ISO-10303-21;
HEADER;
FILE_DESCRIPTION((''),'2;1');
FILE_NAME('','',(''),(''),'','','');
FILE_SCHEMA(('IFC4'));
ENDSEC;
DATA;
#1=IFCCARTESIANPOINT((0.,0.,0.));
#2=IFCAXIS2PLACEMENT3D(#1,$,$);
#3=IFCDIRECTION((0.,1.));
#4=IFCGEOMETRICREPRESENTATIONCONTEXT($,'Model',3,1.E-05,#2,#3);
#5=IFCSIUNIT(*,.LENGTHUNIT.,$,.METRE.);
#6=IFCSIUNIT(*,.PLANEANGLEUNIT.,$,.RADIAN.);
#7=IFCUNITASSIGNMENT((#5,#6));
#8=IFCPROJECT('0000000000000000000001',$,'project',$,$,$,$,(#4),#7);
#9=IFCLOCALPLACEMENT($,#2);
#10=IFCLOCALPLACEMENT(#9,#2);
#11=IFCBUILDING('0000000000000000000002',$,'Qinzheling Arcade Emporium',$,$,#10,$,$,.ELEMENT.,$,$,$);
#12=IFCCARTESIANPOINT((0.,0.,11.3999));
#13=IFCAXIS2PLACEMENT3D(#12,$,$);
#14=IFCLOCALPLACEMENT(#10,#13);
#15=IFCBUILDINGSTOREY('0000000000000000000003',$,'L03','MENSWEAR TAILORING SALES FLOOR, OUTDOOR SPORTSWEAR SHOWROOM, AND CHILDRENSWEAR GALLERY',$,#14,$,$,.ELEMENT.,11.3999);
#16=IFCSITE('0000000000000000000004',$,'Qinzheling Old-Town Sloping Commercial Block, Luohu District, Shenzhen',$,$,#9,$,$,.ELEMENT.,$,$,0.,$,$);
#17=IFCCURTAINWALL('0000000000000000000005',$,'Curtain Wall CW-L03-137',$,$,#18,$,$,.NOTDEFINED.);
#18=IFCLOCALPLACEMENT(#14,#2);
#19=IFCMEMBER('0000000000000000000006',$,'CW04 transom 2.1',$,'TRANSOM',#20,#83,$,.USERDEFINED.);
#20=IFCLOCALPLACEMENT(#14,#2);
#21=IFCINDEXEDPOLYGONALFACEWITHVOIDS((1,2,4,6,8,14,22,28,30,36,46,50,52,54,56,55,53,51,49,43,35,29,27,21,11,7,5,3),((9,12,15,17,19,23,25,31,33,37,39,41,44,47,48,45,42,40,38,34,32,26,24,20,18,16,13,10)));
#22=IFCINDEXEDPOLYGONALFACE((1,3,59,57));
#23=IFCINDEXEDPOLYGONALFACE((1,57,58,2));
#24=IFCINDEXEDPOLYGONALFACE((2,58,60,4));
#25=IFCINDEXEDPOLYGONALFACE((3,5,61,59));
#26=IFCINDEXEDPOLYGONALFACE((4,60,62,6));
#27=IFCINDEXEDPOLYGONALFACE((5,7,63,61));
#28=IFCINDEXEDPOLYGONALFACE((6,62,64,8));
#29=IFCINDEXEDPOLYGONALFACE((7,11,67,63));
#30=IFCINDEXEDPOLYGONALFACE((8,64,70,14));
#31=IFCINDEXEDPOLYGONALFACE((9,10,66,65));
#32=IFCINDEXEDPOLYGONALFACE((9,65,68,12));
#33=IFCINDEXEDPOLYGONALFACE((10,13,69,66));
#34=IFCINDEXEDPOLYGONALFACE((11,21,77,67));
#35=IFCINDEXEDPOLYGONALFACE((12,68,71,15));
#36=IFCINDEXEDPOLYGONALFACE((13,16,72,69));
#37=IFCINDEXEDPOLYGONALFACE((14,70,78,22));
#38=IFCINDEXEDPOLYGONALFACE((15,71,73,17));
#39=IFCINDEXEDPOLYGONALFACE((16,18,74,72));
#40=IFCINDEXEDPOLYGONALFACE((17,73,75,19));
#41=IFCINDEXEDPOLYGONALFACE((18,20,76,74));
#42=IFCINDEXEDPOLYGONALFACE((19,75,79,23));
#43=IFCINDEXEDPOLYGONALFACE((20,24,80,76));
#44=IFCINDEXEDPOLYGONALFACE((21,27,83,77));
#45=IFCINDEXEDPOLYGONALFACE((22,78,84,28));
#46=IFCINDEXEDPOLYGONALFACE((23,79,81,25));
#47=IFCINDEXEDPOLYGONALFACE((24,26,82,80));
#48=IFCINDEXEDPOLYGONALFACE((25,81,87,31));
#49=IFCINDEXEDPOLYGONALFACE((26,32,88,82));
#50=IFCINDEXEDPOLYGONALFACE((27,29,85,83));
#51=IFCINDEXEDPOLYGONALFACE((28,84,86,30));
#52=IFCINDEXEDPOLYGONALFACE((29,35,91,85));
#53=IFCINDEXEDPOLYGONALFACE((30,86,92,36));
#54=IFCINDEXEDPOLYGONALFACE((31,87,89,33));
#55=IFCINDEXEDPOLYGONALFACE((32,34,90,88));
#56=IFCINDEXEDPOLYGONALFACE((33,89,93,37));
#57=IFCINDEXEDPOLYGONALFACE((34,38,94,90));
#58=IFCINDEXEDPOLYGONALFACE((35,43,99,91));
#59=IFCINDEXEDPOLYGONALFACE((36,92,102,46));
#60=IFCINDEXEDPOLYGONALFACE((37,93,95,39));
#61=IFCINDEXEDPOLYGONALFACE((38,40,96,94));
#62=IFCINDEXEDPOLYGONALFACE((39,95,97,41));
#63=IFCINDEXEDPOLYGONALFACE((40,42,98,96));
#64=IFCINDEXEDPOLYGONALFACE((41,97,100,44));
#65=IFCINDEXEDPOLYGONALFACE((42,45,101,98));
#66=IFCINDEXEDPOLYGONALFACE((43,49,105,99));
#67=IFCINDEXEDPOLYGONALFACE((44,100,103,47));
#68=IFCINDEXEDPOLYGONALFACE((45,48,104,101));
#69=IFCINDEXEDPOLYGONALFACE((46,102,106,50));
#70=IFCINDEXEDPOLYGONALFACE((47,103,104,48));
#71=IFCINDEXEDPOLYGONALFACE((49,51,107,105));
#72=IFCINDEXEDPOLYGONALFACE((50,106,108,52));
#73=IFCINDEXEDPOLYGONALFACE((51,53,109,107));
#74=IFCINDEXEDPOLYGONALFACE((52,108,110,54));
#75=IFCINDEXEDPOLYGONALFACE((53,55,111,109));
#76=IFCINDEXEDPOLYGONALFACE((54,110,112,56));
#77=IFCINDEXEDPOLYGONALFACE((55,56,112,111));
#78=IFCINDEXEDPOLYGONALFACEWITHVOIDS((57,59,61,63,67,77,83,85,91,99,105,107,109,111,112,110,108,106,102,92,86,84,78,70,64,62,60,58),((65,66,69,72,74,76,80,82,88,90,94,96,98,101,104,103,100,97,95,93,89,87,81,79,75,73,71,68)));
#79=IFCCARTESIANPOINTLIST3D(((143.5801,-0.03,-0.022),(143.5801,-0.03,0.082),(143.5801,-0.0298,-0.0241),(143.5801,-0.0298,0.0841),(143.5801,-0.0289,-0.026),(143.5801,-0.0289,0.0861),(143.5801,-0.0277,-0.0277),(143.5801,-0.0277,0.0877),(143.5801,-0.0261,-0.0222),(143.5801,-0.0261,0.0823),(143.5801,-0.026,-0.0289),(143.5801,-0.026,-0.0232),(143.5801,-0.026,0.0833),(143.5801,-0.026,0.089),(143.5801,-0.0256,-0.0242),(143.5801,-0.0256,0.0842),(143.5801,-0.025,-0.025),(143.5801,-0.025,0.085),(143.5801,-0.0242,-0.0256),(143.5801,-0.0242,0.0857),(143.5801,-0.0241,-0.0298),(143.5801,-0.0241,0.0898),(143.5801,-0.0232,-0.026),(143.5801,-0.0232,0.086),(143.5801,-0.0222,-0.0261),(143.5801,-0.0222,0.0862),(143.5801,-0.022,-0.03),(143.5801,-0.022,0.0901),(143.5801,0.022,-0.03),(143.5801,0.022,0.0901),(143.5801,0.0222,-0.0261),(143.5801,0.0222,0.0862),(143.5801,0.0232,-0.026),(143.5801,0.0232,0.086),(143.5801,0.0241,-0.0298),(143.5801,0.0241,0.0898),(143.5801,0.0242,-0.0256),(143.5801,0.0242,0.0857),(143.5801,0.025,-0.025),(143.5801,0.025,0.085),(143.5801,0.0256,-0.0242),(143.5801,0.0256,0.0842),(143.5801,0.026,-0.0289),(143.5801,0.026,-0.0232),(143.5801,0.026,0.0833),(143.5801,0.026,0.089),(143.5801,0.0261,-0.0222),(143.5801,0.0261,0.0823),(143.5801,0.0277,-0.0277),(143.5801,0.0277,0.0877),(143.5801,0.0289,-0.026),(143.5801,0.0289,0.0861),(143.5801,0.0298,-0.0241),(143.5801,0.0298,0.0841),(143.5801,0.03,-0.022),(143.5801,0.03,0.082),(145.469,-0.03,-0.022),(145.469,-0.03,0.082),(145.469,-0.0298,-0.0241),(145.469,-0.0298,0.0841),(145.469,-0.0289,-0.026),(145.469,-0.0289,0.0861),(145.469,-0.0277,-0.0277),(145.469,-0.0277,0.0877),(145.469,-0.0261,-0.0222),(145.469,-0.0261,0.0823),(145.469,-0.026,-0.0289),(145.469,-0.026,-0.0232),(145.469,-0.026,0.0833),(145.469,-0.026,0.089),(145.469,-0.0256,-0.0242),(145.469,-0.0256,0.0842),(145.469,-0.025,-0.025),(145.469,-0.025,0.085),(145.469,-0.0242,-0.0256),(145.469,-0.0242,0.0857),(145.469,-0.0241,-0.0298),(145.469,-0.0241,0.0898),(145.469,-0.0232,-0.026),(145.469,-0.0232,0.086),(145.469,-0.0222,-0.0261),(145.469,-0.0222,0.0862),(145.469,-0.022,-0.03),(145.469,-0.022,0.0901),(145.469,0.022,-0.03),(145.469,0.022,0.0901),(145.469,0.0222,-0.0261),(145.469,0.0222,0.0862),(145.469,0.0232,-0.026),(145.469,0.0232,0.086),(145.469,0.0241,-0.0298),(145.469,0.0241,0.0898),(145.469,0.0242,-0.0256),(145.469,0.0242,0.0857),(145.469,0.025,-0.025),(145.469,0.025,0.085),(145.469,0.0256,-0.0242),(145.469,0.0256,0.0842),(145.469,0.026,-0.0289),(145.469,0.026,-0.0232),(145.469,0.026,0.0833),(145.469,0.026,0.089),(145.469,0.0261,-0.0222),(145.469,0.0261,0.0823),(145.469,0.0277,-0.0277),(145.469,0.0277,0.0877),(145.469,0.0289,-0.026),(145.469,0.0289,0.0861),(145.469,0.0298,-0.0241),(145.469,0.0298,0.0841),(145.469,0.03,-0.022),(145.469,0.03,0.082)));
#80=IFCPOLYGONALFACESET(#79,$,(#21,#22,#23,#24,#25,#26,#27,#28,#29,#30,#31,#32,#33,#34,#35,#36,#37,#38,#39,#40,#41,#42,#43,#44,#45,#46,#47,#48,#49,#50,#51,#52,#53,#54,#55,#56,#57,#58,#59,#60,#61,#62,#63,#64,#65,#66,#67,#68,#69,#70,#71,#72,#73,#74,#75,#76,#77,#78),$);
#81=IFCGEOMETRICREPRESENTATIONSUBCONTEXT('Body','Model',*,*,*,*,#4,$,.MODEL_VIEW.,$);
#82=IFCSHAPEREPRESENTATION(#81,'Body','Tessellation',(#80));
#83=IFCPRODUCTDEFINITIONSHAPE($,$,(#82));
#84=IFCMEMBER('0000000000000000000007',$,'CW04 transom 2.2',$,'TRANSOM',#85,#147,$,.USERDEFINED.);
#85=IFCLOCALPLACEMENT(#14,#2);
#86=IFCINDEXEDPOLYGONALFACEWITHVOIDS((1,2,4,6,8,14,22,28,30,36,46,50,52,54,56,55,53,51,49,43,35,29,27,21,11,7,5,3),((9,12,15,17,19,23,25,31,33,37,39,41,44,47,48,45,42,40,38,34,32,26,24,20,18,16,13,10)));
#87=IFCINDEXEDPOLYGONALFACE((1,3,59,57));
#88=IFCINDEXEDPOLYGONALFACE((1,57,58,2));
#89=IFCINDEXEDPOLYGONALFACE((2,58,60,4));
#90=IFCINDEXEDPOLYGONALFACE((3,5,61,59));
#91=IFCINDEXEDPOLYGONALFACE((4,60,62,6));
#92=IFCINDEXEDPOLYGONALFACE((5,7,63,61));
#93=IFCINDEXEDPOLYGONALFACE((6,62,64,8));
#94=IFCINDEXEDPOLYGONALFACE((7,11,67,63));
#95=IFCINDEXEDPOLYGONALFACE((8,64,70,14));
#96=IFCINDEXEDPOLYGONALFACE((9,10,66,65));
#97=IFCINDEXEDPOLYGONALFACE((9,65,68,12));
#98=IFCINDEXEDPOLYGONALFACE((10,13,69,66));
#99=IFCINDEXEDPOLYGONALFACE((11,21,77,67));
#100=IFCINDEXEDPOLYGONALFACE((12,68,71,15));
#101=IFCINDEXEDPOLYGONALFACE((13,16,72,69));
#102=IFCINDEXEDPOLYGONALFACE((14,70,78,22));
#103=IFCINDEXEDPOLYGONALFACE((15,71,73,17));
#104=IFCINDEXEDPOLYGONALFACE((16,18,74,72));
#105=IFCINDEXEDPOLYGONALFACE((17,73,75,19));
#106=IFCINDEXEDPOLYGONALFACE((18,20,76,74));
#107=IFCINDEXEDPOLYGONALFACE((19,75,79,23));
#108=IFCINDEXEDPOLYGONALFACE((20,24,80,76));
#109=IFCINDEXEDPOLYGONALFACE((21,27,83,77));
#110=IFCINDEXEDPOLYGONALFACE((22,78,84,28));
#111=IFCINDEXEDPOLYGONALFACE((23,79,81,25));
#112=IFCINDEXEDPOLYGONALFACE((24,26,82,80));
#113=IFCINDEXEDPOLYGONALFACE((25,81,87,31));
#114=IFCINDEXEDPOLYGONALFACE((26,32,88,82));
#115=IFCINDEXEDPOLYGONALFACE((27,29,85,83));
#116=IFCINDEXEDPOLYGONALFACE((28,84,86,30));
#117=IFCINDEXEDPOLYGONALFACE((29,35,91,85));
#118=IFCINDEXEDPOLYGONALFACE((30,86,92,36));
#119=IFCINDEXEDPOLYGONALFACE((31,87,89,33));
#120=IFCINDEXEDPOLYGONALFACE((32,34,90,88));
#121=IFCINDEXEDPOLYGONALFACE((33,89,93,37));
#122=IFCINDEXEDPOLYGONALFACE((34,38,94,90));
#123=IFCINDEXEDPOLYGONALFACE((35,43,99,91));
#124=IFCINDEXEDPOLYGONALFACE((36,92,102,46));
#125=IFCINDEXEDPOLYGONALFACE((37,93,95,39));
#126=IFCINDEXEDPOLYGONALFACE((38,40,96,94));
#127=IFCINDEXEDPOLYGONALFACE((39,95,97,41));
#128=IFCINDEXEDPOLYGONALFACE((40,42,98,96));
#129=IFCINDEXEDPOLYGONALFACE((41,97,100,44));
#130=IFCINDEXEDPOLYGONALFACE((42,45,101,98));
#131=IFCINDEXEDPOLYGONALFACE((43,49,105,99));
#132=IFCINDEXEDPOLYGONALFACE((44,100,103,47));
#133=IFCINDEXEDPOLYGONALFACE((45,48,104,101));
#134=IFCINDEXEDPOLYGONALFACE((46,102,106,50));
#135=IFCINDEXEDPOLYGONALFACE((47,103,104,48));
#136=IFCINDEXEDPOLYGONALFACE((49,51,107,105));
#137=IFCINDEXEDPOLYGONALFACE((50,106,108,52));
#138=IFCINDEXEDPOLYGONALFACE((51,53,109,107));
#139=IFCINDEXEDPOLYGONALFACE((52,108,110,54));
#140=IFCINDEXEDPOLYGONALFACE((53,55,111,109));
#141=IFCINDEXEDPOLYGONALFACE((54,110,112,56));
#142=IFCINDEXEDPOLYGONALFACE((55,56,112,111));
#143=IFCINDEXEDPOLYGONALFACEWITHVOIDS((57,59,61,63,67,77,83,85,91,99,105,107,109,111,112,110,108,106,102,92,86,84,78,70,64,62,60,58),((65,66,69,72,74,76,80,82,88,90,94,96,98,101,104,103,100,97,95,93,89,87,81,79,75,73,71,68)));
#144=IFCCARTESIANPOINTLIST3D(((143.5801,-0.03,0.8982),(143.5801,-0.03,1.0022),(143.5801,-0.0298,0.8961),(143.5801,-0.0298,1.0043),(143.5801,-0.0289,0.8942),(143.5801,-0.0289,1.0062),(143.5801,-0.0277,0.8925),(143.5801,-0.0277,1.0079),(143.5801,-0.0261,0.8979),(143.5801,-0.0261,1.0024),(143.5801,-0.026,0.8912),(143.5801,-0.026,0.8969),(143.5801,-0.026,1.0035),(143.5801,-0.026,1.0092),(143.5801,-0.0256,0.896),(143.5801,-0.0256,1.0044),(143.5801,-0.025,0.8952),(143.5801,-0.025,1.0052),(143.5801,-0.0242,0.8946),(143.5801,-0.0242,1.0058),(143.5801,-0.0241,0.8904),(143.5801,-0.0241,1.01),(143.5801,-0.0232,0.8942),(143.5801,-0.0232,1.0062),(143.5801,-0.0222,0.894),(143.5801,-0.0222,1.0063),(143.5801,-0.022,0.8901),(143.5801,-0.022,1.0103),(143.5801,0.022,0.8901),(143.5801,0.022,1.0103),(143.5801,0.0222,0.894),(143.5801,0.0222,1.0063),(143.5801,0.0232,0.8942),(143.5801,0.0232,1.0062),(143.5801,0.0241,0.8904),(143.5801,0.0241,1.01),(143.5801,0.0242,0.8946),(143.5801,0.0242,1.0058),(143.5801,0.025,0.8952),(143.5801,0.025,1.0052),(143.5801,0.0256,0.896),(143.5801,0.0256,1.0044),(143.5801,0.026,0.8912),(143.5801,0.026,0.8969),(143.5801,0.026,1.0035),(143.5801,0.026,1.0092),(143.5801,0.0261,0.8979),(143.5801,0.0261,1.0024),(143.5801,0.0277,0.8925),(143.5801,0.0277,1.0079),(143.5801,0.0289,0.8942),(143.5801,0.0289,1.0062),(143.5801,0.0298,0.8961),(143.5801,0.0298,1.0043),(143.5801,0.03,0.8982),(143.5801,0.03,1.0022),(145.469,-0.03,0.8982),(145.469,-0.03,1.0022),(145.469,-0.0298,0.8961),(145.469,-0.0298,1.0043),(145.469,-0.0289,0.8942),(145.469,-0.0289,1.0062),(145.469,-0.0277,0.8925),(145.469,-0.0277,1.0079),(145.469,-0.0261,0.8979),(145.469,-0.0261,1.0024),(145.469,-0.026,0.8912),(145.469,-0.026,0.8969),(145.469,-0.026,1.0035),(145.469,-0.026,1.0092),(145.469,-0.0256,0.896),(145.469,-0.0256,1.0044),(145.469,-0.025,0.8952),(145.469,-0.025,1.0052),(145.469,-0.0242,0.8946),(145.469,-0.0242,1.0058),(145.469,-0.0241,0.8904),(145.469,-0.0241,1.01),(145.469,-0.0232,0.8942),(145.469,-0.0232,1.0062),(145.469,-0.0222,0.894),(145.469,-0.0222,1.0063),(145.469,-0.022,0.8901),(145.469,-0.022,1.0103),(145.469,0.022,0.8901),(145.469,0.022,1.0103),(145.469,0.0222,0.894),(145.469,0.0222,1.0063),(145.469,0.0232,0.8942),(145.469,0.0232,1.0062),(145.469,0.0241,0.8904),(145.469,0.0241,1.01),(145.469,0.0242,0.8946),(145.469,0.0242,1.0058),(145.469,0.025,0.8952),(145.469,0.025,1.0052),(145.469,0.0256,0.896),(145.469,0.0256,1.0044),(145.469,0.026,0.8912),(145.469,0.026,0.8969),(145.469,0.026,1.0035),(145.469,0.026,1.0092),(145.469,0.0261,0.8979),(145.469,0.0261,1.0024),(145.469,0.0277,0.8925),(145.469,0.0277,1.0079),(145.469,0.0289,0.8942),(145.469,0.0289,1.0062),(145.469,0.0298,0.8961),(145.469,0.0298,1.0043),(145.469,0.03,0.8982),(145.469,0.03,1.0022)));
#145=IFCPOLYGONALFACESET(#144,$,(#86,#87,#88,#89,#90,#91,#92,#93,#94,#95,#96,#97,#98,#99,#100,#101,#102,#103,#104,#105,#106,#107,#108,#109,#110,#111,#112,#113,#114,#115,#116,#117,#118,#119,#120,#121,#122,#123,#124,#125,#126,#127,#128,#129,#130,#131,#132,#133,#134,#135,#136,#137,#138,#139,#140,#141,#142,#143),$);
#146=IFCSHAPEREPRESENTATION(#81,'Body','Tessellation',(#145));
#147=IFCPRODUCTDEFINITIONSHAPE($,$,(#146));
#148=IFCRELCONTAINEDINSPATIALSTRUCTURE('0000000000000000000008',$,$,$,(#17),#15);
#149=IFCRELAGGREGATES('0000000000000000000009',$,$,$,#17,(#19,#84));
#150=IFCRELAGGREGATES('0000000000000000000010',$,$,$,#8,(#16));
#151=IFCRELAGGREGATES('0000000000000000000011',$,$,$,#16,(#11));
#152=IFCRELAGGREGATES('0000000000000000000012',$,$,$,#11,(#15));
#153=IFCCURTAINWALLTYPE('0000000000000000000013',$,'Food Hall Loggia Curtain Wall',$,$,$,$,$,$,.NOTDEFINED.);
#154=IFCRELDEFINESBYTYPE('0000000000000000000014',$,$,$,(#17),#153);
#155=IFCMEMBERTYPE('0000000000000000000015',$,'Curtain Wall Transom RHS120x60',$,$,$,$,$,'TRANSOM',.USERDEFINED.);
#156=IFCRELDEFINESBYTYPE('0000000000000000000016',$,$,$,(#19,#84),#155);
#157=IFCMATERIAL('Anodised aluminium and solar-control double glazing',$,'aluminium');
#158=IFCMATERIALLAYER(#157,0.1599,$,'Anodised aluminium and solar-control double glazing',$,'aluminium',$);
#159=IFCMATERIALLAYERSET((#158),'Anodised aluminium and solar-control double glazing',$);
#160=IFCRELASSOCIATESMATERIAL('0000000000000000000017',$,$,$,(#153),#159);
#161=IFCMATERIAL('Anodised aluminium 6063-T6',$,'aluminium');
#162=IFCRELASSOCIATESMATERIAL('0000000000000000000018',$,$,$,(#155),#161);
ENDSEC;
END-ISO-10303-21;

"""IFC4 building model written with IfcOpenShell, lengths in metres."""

from ifc_helpers import new_model, si_unit, direction, frame, origin, origin_2d, place, context, subcontext, project, spatial, hollow_rectangle, extrude, material, layer, layer_set, material_profile, profile_set, type_object, element, aggregate, save


model = new_model("IFC4")

# Units and contexts
model_context = context("Model", 3, precision=1e-05, world=origin(), true_north=direction((0.0, 1.0)))
body_context = subcontext(model_context, "Body", "Model", "MODEL_VIEW")
ifc_project = project(units=[si_unit("LENGTHUNIT", "METRE"), si_unit("PLANEANGLEUNIT", "RADIAN")], contexts=[model_context])

# Site, building, storey
site_placement = place(None, origin())
site = spatial("IfcSite", under=ifc_project, at=site_placement, Name="Qinzheling Old-Town Sloping Commercial Block, Luohu District, Shenzhen", CompositionType="ELEMENT", RefElevation=0.0)
building_placement = place(site_placement, origin())
building = spatial("IfcBuilding", under=site, at=building_placement, Name="Qinzheling Arcade Emporium", CompositionType="ELEMENT")
storey_placement = place(building_placement, frame((0.0, 0.0, 11.3999)))
storey = spatial("IfcBuildingStorey", under=building, at=storey_placement, Name="L03", Description="MENSWEAR TAILORING SALES FLOOR, OUTDOOR SPORTSWEAR SHOWROOM, AND CHILDRENSWEAR GALLERY", CompositionType="ELEMENT", Elevation=11.3999)

# Curtain wall, members
ifc_material_1 = material(Name="Anodised aluminium and solar-control double glazing", Category="aluminium")
ifc_layer_1 = layer(ifc_material_1, 0.1599, Name="Anodised aluminium and solar-control double glazing", Category="aluminium")
ifc_layer_set_1 = layer_set([ifc_layer_1], Name="Anodised aluminium and solar-control double glazing")
curtain_wall_type = type_object("IfcCurtainWallType", Name="Food Hall Loggia Curtain Wall", PredefinedType="NOTDEFINED", material=ifc_layer_set_1)
curtain_wall_placement = place(storey_placement, origin())
curtain_wall = element("IfcCurtainWall", 1, at=curtain_wall_placement, inside=storey, type_object=curtain_wall_type, Name="Curtain Wall CW-L03-137", PredefinedType="NOTDEFINED")
ifc_material_2 = material(Name="Anodised aluminium 6063-T6", Category="aluminium")
ifc_material_profile_1 = material_profile(ifc_material_2, hollow_rectangle(XDim=0.0601, YDim=0.1201, WallThickness=0.0039, InnerFilletRadius=0.0039, OuterFilletRadius=0.0081, at=origin_2d()), Name="RHS 120x60x4", Category="aluminium")
ifc_profile_set_1 = profile_set([ifc_material_profile_1], Name="Anodised aluminium 6063-T6")
member_type_1 = type_object("IfcMemberType", Name="Curtain Wall Transom RHS120x60", ElementType="TRANSOM", PredefinedType="USERDEFINED", material=ifc_profile_set_1)
member_1_placement = place(storey_placement, frame((145.469, 0.0, 0.03), z_axis=(-1.0, 0.0, 0.0), x_axis=(0.0, -1.0, 0.0)))
member_1 = element("IfcMember", 2, at=member_1_placement, type_object=member_type_1, Name="CW04 transom 2.1", ObjectType="TRANSOM", PredefinedType="USERDEFINED", context=body_context, shape_type="SweptSolid", body=[
    extrude(hollow_rectangle(XDim=0.0601, YDim=0.1201, WallThickness=0.0039, InnerFilletRadius=0.0039, OuterFilletRadius=0.0081, at=origin_2d()), origin(), (0.0, 0.0, 1.0), 1.8889),
])
member_2_placement = place(storey_placement, frame((145.469, 0.0, 0.9502), z_axis=(-1.0, 0.0, 0.0), x_axis=(0.0, -1.0, 0.0)))
member_2 = element("IfcMember", 3, at=member_2_placement, type_object=member_type_1, Name="CW04 transom 2.2", ObjectType="TRANSOM", PredefinedType="USERDEFINED", context=body_context, shape_type="SweptSolid", body=[
    extrude(hollow_rectangle(XDim=0.0601, YDim=0.1201, WallThickness=0.0039, InnerFilletRadius=0.0039, OuterFilletRadius=0.0081, at=origin_2d()), origin(), (0.0, 0.0, 1.0), 1.8889),
])
aggregate(curtain_wall, [member_1, member_2])

save(model, "model.ifc")
